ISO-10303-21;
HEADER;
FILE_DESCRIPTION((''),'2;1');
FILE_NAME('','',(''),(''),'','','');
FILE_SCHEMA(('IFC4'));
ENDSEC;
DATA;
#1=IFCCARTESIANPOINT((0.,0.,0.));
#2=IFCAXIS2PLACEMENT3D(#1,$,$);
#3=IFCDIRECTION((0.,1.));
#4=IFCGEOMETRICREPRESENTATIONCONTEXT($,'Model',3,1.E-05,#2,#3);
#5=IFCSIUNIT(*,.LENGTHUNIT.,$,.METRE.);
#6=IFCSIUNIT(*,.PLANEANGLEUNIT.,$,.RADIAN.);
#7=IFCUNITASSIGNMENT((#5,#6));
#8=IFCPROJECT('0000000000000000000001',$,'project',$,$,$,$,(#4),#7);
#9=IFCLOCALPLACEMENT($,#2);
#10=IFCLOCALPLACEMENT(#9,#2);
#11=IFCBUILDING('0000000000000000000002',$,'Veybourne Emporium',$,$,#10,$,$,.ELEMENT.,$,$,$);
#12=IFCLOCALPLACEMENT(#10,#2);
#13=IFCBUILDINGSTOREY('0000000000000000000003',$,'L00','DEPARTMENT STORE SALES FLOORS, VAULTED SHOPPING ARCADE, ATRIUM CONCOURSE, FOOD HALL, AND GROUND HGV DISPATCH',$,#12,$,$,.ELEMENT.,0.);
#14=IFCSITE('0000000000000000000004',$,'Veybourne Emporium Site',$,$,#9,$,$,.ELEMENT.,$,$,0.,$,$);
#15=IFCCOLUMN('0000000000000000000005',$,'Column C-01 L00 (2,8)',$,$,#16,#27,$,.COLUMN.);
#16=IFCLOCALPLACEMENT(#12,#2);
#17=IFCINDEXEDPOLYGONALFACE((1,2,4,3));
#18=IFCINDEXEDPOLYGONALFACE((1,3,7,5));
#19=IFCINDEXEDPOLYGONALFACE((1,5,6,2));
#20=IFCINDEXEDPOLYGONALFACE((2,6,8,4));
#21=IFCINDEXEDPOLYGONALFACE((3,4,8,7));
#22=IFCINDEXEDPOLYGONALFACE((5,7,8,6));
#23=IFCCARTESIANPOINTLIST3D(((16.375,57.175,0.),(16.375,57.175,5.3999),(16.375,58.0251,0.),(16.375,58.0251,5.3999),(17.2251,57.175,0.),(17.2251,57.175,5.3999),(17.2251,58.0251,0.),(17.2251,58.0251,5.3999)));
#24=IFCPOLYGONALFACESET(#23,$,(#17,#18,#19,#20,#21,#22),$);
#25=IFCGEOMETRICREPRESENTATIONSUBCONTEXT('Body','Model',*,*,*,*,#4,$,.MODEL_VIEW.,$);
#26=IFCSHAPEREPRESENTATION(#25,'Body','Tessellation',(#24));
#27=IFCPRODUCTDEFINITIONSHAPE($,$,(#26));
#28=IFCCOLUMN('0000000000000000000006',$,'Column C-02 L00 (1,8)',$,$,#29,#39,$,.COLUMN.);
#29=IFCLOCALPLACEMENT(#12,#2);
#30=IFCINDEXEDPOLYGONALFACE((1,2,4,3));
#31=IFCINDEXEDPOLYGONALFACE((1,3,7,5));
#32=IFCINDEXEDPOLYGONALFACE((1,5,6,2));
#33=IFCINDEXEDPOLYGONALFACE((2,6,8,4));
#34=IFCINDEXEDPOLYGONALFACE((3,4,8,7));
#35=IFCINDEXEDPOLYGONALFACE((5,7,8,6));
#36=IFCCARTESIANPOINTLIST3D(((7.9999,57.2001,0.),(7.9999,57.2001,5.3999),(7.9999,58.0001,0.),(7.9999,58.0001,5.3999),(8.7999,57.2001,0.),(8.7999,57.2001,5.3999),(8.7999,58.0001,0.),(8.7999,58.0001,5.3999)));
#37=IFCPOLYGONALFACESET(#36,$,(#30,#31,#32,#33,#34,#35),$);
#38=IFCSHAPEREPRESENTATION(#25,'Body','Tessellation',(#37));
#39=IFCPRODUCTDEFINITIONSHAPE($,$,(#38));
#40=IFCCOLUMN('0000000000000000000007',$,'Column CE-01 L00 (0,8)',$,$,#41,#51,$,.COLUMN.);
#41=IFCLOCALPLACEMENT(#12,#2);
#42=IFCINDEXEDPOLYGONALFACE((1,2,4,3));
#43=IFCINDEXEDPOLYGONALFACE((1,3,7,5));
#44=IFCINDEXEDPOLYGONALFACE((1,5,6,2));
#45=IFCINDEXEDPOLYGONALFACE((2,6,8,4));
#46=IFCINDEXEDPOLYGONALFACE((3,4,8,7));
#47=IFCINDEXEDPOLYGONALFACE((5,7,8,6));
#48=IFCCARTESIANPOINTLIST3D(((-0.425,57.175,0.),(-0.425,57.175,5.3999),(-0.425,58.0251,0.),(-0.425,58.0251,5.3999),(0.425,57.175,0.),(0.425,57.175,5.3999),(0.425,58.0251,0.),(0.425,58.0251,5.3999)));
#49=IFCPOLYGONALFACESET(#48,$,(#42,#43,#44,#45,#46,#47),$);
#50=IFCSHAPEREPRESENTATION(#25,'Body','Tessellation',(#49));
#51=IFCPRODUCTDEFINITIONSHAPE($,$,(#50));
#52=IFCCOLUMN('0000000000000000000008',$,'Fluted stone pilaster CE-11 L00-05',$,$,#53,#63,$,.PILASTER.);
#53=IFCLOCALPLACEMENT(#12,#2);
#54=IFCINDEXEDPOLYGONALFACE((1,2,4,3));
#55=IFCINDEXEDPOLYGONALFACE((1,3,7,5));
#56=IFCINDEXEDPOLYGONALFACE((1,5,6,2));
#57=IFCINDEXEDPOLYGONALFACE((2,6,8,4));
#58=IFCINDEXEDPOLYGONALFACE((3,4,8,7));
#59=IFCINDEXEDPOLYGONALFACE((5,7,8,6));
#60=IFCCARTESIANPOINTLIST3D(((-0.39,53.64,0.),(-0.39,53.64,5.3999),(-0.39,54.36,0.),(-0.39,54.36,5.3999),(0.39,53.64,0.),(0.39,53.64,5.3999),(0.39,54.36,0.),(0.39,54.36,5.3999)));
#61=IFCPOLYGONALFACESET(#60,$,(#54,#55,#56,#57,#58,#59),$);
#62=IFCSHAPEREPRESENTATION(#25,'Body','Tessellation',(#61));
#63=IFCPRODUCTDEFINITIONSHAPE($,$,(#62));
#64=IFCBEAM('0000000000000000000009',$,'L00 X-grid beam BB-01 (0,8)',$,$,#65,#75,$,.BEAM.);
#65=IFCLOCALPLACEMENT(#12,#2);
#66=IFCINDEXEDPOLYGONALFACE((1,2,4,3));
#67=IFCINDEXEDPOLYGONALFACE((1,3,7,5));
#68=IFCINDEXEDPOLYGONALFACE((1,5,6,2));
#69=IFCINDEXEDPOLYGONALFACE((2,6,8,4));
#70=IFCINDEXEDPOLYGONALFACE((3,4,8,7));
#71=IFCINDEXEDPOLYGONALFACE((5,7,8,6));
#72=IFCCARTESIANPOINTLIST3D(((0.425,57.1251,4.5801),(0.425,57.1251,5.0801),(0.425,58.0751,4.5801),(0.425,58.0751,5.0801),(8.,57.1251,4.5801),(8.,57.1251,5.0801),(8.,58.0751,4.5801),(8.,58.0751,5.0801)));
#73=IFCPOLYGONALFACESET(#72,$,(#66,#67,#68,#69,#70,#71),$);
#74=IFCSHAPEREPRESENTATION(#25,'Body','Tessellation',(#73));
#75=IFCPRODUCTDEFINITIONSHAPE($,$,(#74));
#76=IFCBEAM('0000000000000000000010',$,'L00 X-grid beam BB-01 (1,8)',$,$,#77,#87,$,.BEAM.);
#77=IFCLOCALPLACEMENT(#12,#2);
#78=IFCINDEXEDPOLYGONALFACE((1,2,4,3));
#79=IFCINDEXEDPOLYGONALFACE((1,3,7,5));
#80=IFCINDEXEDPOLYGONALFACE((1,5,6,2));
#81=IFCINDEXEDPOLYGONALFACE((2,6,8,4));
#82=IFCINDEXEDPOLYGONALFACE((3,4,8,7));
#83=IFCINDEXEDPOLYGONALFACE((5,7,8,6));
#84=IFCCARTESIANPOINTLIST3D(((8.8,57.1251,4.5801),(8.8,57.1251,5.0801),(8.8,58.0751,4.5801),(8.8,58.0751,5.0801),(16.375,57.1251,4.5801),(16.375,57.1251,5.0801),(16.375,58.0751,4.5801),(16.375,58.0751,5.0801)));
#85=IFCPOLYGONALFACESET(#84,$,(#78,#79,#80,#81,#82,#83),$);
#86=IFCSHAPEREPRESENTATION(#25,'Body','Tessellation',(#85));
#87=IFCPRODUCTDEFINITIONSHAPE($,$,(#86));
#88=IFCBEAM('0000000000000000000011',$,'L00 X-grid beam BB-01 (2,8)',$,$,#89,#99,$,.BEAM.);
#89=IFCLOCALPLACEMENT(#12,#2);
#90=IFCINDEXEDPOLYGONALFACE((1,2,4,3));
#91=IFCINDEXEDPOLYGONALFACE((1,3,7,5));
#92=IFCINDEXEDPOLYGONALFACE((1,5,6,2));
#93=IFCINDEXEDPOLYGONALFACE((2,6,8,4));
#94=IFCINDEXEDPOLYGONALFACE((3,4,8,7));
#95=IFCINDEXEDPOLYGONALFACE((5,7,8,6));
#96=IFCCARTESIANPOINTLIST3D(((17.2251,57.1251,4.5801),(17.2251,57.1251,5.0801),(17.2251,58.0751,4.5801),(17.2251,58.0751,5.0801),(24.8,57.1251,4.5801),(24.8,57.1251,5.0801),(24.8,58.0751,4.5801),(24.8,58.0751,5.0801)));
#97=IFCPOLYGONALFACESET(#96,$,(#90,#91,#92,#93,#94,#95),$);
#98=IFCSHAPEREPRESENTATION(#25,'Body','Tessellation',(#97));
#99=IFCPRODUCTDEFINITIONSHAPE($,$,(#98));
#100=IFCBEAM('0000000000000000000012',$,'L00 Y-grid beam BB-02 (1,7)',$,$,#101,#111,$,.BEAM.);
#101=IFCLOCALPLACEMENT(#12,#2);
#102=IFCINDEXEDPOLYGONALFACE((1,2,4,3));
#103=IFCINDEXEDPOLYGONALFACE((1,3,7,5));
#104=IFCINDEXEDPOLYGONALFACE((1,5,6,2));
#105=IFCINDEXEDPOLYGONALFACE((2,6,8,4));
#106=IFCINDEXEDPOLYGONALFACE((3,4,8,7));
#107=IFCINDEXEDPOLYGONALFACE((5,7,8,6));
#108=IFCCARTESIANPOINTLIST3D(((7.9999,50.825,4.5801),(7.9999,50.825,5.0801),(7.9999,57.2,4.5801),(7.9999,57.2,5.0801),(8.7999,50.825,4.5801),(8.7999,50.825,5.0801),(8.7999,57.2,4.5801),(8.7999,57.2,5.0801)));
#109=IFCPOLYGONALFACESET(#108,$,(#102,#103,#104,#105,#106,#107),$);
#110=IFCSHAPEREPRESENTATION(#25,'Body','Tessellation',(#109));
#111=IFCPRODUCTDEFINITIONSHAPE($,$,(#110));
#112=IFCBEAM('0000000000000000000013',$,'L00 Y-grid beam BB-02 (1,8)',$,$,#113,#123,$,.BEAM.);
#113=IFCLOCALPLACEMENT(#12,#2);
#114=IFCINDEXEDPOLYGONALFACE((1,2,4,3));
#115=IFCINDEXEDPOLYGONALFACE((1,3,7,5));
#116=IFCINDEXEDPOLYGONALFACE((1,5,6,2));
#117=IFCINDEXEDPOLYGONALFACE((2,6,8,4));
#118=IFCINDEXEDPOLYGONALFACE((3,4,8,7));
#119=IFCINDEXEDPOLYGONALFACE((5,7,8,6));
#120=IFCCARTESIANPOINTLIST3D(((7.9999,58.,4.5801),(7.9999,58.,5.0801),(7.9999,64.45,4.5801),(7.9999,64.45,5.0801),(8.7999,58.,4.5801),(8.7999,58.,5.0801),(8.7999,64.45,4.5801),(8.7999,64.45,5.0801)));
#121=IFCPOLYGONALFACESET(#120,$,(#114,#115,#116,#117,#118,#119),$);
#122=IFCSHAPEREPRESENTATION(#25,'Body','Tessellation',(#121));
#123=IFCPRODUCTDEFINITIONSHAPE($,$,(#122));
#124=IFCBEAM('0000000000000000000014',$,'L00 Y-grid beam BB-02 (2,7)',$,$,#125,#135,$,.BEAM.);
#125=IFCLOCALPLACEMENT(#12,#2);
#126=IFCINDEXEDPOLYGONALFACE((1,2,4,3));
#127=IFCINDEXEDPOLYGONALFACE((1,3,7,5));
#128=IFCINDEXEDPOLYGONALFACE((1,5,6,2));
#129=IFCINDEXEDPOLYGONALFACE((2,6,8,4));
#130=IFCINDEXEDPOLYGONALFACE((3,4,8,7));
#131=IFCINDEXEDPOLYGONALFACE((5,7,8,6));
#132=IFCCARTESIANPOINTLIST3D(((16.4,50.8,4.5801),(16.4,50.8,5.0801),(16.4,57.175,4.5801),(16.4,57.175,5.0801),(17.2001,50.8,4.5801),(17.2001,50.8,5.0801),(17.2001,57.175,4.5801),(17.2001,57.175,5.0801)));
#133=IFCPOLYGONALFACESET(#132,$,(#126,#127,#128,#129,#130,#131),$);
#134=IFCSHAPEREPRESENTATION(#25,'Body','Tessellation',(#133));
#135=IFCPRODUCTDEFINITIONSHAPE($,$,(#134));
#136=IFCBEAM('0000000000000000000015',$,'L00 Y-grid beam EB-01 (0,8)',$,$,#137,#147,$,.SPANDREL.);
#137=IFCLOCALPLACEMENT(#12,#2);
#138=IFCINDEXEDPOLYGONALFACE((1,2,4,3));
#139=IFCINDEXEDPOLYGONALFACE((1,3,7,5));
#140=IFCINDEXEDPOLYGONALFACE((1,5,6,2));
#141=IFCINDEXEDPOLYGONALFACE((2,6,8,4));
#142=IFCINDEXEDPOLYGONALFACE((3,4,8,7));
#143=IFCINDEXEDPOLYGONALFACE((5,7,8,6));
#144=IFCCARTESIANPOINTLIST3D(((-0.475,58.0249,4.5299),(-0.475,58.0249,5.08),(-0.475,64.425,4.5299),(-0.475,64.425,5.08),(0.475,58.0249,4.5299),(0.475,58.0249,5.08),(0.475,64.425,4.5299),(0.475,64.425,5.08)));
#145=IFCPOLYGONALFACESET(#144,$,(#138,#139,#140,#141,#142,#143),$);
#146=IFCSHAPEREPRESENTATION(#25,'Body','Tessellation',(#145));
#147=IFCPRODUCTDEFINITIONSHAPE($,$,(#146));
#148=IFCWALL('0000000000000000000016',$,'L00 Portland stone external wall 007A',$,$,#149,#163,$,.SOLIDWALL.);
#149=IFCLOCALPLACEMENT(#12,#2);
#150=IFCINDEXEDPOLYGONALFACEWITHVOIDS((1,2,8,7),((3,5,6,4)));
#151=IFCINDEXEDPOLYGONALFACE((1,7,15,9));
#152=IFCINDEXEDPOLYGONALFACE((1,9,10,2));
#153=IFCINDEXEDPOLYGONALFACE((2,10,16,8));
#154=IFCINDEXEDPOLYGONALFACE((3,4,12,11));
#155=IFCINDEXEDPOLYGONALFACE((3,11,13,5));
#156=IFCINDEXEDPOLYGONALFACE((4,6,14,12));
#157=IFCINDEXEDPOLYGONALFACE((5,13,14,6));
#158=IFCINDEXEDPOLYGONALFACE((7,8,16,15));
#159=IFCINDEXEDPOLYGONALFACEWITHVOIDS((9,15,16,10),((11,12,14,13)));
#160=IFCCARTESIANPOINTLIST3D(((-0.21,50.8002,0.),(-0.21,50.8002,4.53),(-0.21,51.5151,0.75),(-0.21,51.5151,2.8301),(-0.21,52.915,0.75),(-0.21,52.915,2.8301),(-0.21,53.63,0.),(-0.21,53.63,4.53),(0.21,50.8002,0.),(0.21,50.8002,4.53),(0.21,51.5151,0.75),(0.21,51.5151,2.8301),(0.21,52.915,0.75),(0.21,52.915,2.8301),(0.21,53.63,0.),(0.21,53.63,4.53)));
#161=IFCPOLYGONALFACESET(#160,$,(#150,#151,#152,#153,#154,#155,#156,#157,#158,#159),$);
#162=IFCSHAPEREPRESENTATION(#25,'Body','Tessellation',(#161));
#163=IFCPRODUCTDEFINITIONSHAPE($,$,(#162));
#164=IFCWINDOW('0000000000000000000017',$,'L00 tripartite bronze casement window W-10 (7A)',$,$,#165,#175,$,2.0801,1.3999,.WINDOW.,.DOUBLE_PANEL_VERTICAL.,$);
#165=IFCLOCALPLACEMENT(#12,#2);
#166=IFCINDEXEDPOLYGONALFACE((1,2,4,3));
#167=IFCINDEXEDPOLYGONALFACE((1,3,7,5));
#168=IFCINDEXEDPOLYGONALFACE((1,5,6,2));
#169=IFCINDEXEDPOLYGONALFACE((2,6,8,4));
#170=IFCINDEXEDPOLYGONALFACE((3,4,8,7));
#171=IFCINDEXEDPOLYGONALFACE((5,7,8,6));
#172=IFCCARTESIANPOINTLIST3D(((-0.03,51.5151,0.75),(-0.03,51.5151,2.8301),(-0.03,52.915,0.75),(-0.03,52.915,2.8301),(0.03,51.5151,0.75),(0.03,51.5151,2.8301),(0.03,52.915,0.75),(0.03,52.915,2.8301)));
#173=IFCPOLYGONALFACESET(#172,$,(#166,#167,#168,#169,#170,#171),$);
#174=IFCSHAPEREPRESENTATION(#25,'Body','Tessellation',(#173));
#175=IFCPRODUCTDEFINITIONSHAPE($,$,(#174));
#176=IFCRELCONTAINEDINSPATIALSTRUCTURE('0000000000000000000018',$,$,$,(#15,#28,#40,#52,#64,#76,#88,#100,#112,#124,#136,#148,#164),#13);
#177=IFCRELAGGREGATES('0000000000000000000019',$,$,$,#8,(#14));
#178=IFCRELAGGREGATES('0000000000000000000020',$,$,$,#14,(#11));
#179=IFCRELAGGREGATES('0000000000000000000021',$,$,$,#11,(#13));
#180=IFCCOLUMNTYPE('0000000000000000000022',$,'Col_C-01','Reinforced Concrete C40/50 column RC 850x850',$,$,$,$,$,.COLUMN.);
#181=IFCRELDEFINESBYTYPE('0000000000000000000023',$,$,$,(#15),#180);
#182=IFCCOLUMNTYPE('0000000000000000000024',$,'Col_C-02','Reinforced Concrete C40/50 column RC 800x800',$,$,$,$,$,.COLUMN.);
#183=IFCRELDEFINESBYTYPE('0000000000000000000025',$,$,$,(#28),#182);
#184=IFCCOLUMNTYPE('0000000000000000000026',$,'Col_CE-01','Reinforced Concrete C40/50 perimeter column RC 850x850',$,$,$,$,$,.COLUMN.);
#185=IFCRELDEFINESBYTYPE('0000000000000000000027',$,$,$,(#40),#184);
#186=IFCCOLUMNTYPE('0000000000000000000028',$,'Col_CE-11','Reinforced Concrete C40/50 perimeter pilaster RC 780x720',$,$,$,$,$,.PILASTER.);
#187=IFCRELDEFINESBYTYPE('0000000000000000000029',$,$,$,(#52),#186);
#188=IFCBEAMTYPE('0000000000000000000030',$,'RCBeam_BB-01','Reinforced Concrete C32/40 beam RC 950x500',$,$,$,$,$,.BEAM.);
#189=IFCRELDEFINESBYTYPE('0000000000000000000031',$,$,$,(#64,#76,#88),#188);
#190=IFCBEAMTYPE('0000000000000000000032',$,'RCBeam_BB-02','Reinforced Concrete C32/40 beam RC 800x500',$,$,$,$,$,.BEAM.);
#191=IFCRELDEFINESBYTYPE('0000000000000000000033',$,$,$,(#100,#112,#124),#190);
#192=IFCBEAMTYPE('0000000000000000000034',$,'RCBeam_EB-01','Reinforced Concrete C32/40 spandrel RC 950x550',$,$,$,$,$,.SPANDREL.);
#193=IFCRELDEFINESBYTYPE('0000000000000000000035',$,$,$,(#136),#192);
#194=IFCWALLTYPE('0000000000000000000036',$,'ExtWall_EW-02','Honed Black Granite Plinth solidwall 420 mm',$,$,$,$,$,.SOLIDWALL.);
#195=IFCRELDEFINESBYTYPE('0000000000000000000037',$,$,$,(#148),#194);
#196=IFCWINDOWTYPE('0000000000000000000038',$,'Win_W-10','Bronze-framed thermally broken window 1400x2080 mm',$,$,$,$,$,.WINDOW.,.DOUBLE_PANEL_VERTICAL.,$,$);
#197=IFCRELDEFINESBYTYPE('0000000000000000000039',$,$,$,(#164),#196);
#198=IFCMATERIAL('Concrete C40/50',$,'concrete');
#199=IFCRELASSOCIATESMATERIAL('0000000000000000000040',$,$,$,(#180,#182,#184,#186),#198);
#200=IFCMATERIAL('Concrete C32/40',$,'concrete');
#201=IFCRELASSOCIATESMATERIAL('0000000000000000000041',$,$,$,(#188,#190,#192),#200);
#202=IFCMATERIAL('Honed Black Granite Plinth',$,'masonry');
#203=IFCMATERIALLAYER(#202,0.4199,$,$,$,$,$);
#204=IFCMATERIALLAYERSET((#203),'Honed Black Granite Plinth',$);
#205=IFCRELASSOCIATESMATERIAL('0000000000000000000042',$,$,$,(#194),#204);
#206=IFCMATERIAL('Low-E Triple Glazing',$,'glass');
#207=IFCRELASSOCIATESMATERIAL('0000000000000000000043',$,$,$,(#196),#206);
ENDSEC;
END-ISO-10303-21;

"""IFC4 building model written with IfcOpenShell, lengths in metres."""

from ifc_helpers import new_model, si_unit, direction, frame, frame_2d, origin, origin_2d, place, context, subcontext, project, spatial, rectangle, extrude, material, layer, layer_set, material_profile, profile_set, type_object, element, fill, save


model = new_model("IFC4")

# Units and contexts
model_context = context("Model", 3, precision=1e-05, world=origin(), true_north=direction((0.0, 1.0)))
body_context = subcontext(model_context, "Body", "Model", "MODEL_VIEW")
ifc_project = project(units=[si_unit("LENGTHUNIT", "METRE"), si_unit("PLANEANGLEUNIT", "RADIAN")], contexts=[model_context])

# Site, building, storey
site_placement = place(None, origin())
site = spatial("IfcSite", under=ifc_project, at=site_placement, Name="Veybourne Emporium Site", CompositionType="ELEMENT", RefElevation=0.0)
building_placement = place(site_placement, origin())
building = spatial("IfcBuilding", under=site, at=building_placement, Name="Veybourne Emporium", CompositionType="ELEMENT")
storey_placement = place(building_placement, origin())
storey = spatial("IfcBuildingStorey", under=building, at=storey_placement, Name="L00", Description="DEPARTMENT STORE SALES FLOORS, VAULTED SHOPPING ARCADE, ATRIUM CONCOURSE, FOOD HALL, AND GROUND HGV DISPATCH", CompositionType="ELEMENT", Elevation=0.0)

# Columns
ifc_material_1 = material(Name="Concrete C40/50", Category="concrete")
ifc_material_profile_1 = material_profile(ifc_material_1, rectangle(XDim=0.8501, YDim=0.8501, at=origin_2d()), Name="RC 850x850")
ifc_profile_set_1 = profile_set([ifc_material_profile_1], Name="Concrete C40/50")
column_type_1 = type_object("IfcColumnType", Name="Col_C-01", Description="Reinforced Concrete C40/50 column RC 850x850", PredefinedType="COLUMN", material=ifc_profile_set_1)
column_1_placement = place(storey_placement, frame((16.8, 57.6001, 0.0), z_axis=(0.0, 0.0, 1.0), x_axis=(1.0, 0.0, 0.0)))
element("IfcColumn", 1, at=column_1_placement, inside=storey, type_object=column_type_1, Name="Column C-01 L00 (2,8)", PredefinedType="COLUMN", context=body_context, shape_type="SweptSolid", body=[
    extrude(rectangle(XDim=0.8501, YDim=0.8501, at=origin_2d()), origin(), (0.0, 0.0, 1.0), 5.3999),
])
ifc_material_profile_2 = material_profile(ifc_material_1, rectangle(XDim=0.8, YDim=0.8, at=origin_2d()), Name="RC 800x800")
ifc_profile_set_2 = profile_set([ifc_material_profile_2], Name="Concrete C40/50")
column_type_2 = type_object("IfcColumnType", Name="Col_C-02", Description="Reinforced Concrete C40/50 column RC 800x800", PredefinedType="COLUMN", material=ifc_profile_set_2)
column_2_placement = place(storey_placement, frame((8.3999, 57.6001, 0.0), z_axis=(0.0, 0.0, 1.0), x_axis=(1.0, 0.0, 0.0)))
element("IfcColumn", 2, at=column_2_placement, inside=storey, type_object=column_type_2, Name="Column C-02 L00 (1,8)", PredefinedType="COLUMN", context=body_context, shape_type="SweptSolid", body=[
    extrude(rectangle(XDim=0.8, YDim=0.8, at=origin_2d()), origin(), (0.0, 0.0, 1.0), 5.3999),
])
ifc_material_profile_3 = material_profile(ifc_material_1, rectangle(XDim=0.8501, YDim=0.8501, at=origin_2d()), Name="RC 850x850")
ifc_profile_set_3 = profile_set([ifc_material_profile_3], Name="Concrete C40/50")
column_type_3 = type_object("IfcColumnType", Name="Col_CE-01", Description="Reinforced Concrete C40/50 perimeter column RC 850x850", PredefinedType="COLUMN", material=ifc_profile_set_3)
column_3_placement = place(storey_placement, frame((0.0, 57.6001, 0.0), z_axis=(0.0, 0.0, 1.0), x_axis=(1.0, 0.0, 0.0)))
element("IfcColumn", 3, at=column_3_placement, inside=storey, type_object=column_type_3, Name="Column CE-01 L00 (0,8)", PredefinedType="COLUMN", context=body_context, shape_type="SweptSolid", body=[
    extrude(rectangle(XDim=0.8501, YDim=0.8501, at=origin_2d()), origin(), (0.0, 0.0, 1.0), 5.3999),
])
ifc_material_profile_4 = material_profile(ifc_material_1, rectangle(XDim=0.78, YDim=0.72, at=origin_2d()), Name="RC 780x720")
ifc_profile_set_4 = profile_set([ifc_material_profile_4], Name="Concrete C40/50")
column_type_4 = type_object("IfcColumnType", Name="Col_CE-11", Description="Reinforced Concrete C40/50 perimeter pilaster RC 780x720", PredefinedType="PILASTER", material=ifc_profile_set_4)
column_4_placement = place(storey_placement, frame((0.0, 54.0, 0.0), z_axis=(0.0, 0.0, 1.0), x_axis=(1.0, 0.0, 0.0)))
element("IfcColumn", 4, at=column_4_placement, inside=storey, type_object=column_type_4, Name="Fluted stone pilaster CE-11 L00-05", PredefinedType="PILASTER", context=body_context, shape_type="SweptSolid", body=[
    extrude(rectangle(XDim=0.78, YDim=0.72, at=origin_2d()), origin(), (0.0, 0.0, 1.0), 5.3999),
])

# Beams
ifc_material_2 = material(Name="Concrete C32/40", Category="concrete")
ifc_material_profile_5 = material_profile(ifc_material_2, rectangle(XDim=0.95, YDim=0.5, at=origin_2d()), Name="RC 950x500")
ifc_profile_set_5 = profile_set([ifc_material_profile_5], Name="Concrete C32/40")
beam_type_1 = type_object("IfcBeamType", Name="RCBeam_BB-01", Description="Reinforced Concrete C32/40 beam RC 950x500", PredefinedType="BEAM", material=ifc_profile_set_5)
for number, where, z_axis, x_axis, name in (
    (5, (0.425, 57.6001, 4.8301), (1.0, 0.0, 0.0), (0.0, 1.0, 0.0), "L00 X-grid beam BB-01 (0,8)"),
    (6, (8.8, 57.6001, 4.8301), (1.0, 0.0, 0.0), (0.0, 1.0, 0.0), "L00 X-grid beam BB-01 (1,8)"),
    (7, (17.2251, 57.6001, 4.8301), (1.0, 0.0, 0.0), (0.0, 1.0, 0.0), "L00 X-grid beam BB-01 (2,8)"),
):
    element("IfcBeam", number, at=place(storey_placement, frame(where, z_axis=z_axis, x_axis=x_axis)), inside=storey, type_object=beam_type_1, Name=name, PredefinedType="BEAM", context=body_context, shape_type="SweptSolid", body=[
        extrude(rectangle(XDim=0.95, YDim=0.5, at=origin_2d()), origin(), (0.0, 0.0, 1.0), 7.575),
    ])
ifc_material_profile_6 = material_profile(ifc_material_2, rectangle(XDim=0.8, YDim=0.5, at=origin_2d()), Name="RC 800x500")
ifc_profile_set_6 = profile_set([ifc_material_profile_6], Name="Concrete C32/40")
beam_type_2 = type_object("IfcBeamType", Name="RCBeam_BB-02", Description="Reinforced Concrete C32/40 beam RC 800x500", PredefinedType="BEAM", material=ifc_profile_set_6)
beam_1_placement = place(storey_placement, frame((8.3999, 50.825, 4.8301), z_axis=(0.0, 1.0, 0.0), x_axis=(-1.0, 0.0, 0.0)))
element("IfcBeam", 8, at=beam_1_placement, inside=storey, type_object=beam_type_2, Name="L00 Y-grid beam BB-02 (1,7)", PredefinedType="BEAM", context=body_context, shape_type="SweptSolid", body=[
    extrude(rectangle(XDim=0.8, YDim=0.5, at=origin_2d()), origin(), (0.0, 0.0, 1.0), 6.375),
])
beam_2_placement = place(storey_placement, frame((8.3999, 58.0, 4.8301), z_axis=(0.0, 1.0, 0.0), x_axis=(-1.0, 0.0, 0.0)))
element("IfcBeam", 9, at=beam_2_placement, inside=storey, type_object=beam_type_2, Name="L00 Y-grid beam BB-02 (1,8)", PredefinedType="BEAM", context=body_context, shape_type="SweptSolid", body=[
    extrude(rectangle(XDim=0.8, YDim=0.5, at=origin_2d()), origin(), (0.0, 0.0, 1.0), 6.45),
])
beam_3_placement = place(storey_placement, frame((16.8, 50.8, 4.8301), z_axis=(0.0, 1.0, 0.0), x_axis=(-1.0, 0.0, 0.0)))
element("IfcBeam", 10, at=beam_3_placement, inside=storey, type_object=beam_type_2, Name="L00 Y-grid beam BB-02 (2,7)", PredefinedType="BEAM", context=body_context, shape_type="SweptSolid", body=[
    extrude(rectangle(XDim=0.8, YDim=0.5, at=origin_2d()), origin(), (0.0, 0.0, 1.0), 6.375),
])
ifc_material_profile_7 = material_profile(ifc_material_2, rectangle(XDim=0.95, YDim=0.55, at=origin_2d()), Name="RC 950x550")
ifc_profile_set_7 = profile_set([ifc_material_profile_7], Name="Concrete C32/40")
beam_type_3 = type_object("IfcBeamType", Name="RCBeam_EB-01", Description="Reinforced Concrete C32/40 spandrel RC 950x550", PredefinedType="SPANDREL", material=ifc_profile_set_7)
beam_4_placement = place(storey_placement, frame((0.0, 58.0249, 4.8049), z_axis=(0.0, 1.0, 0.0), x_axis=(-1.0, 0.0, 0.0)))
element("IfcBeam", 11, at=beam_4_placement, inside=storey, type_object=beam_type_3, Name="L00 Y-grid beam EB-01 (0,8)", PredefinedType="SPANDREL", context=body_context, shape_type="SweptSolid", body=[
    extrude(rectangle(XDim=0.95, YDim=0.55, at=origin_2d()), origin(), (0.0, 0.0, 1.0), 6.4001),
])

# Wall, opening, window
ifc_material_3 = material(Name="Honed Black Granite Plinth", Category="masonry")
ifc_layer_1 = layer(ifc_material_3, 0.4199)
ifc_layer_set_1 = layer_set([ifc_layer_1], Name="Honed Black Granite Plinth")
wall_type = type_object("IfcWallType", Name="ExtWall_EW-02", Description="Honed Black Granite Plinth solidwall 420 mm", PredefinedType="SOLIDWALL", material=ifc_layer_set_1)
wall_1_placement = place(storey_placement, frame((0.0, 50.8, 0.0), z_axis=(0.0, 0.0, 1.0), x_axis=(0.0, 1.0, 0.0)))
wall_1 = element("IfcWall", 12, at=wall_1_placement, inside=storey, type_object=wall_type, Name="L00 Portland stone external wall 007A", PredefinedType="SOLIDWALL", context=body_context, shape_type="SweptSolid", body=[
    extrude(rectangle(XDim=2.8298, YDim=0.4199, at=frame_2d((1.415, 0.0))), origin(), (0.0, 0.0, 1.0), 4.53),
])
opening_1_placement = place(wall_1_placement, frame((0.7151, 0.0, 0.75)))
opening_1 = element("IfcOpeningElement", 13, at=opening_1_placement, cuts=wall_1, PredefinedType="OPENING", context=body_context, shape_type="SweptSolid", body=[
    extrude(rectangle(XDim=1.3999, YDim=2.0801, at=frame_2d((0.7, 1.04))), frame((0.0, 0.23, 0.0), z_axis=(0.0, -1.0, 0.0), x_axis=(1.0, 0.0, 0.0)), (0.0, 0.0, 1.0), 0.46),
])
ifc_material_4 = material(Name="Low-E Triple Glazing", Category="glass")
window_type_1 = type_object("IfcWindowType", Name="Win_W-10", Description="Bronze-framed thermally broken window 1400x2080 mm", PartitioningType="DOUBLE_PANEL_VERTICAL", PredefinedType="WINDOW", material=ifc_material_4)
window_1_placement = place(opening_1_placement, origin())
window_1 = element("IfcWindow", 14, at=window_1_placement, inside=storey, type_object=window_type_1, Name="L00 tripartite bronze casement window W-10 (7A)", OverallHeight=2.0801, OverallWidth=1.3999, PartitioningType="DOUBLE_PANEL_VERTICAL", PredefinedType="WINDOW", context=body_context, shape_type="SweptSolid", body=[
    extrude(rectangle(XDim=1.3999, YDim=2.0801, at=frame_2d((0.7, 1.04))), frame((0.0, 0.03, 0.0), z_axis=(0.0, -1.0, 0.0), x_axis=(1.0, 0.0, 0.0)), (0.0, 0.0, 1.0), 0.0601),
])
fill(opening_1, window_1)

save(model, "model.ifc")
